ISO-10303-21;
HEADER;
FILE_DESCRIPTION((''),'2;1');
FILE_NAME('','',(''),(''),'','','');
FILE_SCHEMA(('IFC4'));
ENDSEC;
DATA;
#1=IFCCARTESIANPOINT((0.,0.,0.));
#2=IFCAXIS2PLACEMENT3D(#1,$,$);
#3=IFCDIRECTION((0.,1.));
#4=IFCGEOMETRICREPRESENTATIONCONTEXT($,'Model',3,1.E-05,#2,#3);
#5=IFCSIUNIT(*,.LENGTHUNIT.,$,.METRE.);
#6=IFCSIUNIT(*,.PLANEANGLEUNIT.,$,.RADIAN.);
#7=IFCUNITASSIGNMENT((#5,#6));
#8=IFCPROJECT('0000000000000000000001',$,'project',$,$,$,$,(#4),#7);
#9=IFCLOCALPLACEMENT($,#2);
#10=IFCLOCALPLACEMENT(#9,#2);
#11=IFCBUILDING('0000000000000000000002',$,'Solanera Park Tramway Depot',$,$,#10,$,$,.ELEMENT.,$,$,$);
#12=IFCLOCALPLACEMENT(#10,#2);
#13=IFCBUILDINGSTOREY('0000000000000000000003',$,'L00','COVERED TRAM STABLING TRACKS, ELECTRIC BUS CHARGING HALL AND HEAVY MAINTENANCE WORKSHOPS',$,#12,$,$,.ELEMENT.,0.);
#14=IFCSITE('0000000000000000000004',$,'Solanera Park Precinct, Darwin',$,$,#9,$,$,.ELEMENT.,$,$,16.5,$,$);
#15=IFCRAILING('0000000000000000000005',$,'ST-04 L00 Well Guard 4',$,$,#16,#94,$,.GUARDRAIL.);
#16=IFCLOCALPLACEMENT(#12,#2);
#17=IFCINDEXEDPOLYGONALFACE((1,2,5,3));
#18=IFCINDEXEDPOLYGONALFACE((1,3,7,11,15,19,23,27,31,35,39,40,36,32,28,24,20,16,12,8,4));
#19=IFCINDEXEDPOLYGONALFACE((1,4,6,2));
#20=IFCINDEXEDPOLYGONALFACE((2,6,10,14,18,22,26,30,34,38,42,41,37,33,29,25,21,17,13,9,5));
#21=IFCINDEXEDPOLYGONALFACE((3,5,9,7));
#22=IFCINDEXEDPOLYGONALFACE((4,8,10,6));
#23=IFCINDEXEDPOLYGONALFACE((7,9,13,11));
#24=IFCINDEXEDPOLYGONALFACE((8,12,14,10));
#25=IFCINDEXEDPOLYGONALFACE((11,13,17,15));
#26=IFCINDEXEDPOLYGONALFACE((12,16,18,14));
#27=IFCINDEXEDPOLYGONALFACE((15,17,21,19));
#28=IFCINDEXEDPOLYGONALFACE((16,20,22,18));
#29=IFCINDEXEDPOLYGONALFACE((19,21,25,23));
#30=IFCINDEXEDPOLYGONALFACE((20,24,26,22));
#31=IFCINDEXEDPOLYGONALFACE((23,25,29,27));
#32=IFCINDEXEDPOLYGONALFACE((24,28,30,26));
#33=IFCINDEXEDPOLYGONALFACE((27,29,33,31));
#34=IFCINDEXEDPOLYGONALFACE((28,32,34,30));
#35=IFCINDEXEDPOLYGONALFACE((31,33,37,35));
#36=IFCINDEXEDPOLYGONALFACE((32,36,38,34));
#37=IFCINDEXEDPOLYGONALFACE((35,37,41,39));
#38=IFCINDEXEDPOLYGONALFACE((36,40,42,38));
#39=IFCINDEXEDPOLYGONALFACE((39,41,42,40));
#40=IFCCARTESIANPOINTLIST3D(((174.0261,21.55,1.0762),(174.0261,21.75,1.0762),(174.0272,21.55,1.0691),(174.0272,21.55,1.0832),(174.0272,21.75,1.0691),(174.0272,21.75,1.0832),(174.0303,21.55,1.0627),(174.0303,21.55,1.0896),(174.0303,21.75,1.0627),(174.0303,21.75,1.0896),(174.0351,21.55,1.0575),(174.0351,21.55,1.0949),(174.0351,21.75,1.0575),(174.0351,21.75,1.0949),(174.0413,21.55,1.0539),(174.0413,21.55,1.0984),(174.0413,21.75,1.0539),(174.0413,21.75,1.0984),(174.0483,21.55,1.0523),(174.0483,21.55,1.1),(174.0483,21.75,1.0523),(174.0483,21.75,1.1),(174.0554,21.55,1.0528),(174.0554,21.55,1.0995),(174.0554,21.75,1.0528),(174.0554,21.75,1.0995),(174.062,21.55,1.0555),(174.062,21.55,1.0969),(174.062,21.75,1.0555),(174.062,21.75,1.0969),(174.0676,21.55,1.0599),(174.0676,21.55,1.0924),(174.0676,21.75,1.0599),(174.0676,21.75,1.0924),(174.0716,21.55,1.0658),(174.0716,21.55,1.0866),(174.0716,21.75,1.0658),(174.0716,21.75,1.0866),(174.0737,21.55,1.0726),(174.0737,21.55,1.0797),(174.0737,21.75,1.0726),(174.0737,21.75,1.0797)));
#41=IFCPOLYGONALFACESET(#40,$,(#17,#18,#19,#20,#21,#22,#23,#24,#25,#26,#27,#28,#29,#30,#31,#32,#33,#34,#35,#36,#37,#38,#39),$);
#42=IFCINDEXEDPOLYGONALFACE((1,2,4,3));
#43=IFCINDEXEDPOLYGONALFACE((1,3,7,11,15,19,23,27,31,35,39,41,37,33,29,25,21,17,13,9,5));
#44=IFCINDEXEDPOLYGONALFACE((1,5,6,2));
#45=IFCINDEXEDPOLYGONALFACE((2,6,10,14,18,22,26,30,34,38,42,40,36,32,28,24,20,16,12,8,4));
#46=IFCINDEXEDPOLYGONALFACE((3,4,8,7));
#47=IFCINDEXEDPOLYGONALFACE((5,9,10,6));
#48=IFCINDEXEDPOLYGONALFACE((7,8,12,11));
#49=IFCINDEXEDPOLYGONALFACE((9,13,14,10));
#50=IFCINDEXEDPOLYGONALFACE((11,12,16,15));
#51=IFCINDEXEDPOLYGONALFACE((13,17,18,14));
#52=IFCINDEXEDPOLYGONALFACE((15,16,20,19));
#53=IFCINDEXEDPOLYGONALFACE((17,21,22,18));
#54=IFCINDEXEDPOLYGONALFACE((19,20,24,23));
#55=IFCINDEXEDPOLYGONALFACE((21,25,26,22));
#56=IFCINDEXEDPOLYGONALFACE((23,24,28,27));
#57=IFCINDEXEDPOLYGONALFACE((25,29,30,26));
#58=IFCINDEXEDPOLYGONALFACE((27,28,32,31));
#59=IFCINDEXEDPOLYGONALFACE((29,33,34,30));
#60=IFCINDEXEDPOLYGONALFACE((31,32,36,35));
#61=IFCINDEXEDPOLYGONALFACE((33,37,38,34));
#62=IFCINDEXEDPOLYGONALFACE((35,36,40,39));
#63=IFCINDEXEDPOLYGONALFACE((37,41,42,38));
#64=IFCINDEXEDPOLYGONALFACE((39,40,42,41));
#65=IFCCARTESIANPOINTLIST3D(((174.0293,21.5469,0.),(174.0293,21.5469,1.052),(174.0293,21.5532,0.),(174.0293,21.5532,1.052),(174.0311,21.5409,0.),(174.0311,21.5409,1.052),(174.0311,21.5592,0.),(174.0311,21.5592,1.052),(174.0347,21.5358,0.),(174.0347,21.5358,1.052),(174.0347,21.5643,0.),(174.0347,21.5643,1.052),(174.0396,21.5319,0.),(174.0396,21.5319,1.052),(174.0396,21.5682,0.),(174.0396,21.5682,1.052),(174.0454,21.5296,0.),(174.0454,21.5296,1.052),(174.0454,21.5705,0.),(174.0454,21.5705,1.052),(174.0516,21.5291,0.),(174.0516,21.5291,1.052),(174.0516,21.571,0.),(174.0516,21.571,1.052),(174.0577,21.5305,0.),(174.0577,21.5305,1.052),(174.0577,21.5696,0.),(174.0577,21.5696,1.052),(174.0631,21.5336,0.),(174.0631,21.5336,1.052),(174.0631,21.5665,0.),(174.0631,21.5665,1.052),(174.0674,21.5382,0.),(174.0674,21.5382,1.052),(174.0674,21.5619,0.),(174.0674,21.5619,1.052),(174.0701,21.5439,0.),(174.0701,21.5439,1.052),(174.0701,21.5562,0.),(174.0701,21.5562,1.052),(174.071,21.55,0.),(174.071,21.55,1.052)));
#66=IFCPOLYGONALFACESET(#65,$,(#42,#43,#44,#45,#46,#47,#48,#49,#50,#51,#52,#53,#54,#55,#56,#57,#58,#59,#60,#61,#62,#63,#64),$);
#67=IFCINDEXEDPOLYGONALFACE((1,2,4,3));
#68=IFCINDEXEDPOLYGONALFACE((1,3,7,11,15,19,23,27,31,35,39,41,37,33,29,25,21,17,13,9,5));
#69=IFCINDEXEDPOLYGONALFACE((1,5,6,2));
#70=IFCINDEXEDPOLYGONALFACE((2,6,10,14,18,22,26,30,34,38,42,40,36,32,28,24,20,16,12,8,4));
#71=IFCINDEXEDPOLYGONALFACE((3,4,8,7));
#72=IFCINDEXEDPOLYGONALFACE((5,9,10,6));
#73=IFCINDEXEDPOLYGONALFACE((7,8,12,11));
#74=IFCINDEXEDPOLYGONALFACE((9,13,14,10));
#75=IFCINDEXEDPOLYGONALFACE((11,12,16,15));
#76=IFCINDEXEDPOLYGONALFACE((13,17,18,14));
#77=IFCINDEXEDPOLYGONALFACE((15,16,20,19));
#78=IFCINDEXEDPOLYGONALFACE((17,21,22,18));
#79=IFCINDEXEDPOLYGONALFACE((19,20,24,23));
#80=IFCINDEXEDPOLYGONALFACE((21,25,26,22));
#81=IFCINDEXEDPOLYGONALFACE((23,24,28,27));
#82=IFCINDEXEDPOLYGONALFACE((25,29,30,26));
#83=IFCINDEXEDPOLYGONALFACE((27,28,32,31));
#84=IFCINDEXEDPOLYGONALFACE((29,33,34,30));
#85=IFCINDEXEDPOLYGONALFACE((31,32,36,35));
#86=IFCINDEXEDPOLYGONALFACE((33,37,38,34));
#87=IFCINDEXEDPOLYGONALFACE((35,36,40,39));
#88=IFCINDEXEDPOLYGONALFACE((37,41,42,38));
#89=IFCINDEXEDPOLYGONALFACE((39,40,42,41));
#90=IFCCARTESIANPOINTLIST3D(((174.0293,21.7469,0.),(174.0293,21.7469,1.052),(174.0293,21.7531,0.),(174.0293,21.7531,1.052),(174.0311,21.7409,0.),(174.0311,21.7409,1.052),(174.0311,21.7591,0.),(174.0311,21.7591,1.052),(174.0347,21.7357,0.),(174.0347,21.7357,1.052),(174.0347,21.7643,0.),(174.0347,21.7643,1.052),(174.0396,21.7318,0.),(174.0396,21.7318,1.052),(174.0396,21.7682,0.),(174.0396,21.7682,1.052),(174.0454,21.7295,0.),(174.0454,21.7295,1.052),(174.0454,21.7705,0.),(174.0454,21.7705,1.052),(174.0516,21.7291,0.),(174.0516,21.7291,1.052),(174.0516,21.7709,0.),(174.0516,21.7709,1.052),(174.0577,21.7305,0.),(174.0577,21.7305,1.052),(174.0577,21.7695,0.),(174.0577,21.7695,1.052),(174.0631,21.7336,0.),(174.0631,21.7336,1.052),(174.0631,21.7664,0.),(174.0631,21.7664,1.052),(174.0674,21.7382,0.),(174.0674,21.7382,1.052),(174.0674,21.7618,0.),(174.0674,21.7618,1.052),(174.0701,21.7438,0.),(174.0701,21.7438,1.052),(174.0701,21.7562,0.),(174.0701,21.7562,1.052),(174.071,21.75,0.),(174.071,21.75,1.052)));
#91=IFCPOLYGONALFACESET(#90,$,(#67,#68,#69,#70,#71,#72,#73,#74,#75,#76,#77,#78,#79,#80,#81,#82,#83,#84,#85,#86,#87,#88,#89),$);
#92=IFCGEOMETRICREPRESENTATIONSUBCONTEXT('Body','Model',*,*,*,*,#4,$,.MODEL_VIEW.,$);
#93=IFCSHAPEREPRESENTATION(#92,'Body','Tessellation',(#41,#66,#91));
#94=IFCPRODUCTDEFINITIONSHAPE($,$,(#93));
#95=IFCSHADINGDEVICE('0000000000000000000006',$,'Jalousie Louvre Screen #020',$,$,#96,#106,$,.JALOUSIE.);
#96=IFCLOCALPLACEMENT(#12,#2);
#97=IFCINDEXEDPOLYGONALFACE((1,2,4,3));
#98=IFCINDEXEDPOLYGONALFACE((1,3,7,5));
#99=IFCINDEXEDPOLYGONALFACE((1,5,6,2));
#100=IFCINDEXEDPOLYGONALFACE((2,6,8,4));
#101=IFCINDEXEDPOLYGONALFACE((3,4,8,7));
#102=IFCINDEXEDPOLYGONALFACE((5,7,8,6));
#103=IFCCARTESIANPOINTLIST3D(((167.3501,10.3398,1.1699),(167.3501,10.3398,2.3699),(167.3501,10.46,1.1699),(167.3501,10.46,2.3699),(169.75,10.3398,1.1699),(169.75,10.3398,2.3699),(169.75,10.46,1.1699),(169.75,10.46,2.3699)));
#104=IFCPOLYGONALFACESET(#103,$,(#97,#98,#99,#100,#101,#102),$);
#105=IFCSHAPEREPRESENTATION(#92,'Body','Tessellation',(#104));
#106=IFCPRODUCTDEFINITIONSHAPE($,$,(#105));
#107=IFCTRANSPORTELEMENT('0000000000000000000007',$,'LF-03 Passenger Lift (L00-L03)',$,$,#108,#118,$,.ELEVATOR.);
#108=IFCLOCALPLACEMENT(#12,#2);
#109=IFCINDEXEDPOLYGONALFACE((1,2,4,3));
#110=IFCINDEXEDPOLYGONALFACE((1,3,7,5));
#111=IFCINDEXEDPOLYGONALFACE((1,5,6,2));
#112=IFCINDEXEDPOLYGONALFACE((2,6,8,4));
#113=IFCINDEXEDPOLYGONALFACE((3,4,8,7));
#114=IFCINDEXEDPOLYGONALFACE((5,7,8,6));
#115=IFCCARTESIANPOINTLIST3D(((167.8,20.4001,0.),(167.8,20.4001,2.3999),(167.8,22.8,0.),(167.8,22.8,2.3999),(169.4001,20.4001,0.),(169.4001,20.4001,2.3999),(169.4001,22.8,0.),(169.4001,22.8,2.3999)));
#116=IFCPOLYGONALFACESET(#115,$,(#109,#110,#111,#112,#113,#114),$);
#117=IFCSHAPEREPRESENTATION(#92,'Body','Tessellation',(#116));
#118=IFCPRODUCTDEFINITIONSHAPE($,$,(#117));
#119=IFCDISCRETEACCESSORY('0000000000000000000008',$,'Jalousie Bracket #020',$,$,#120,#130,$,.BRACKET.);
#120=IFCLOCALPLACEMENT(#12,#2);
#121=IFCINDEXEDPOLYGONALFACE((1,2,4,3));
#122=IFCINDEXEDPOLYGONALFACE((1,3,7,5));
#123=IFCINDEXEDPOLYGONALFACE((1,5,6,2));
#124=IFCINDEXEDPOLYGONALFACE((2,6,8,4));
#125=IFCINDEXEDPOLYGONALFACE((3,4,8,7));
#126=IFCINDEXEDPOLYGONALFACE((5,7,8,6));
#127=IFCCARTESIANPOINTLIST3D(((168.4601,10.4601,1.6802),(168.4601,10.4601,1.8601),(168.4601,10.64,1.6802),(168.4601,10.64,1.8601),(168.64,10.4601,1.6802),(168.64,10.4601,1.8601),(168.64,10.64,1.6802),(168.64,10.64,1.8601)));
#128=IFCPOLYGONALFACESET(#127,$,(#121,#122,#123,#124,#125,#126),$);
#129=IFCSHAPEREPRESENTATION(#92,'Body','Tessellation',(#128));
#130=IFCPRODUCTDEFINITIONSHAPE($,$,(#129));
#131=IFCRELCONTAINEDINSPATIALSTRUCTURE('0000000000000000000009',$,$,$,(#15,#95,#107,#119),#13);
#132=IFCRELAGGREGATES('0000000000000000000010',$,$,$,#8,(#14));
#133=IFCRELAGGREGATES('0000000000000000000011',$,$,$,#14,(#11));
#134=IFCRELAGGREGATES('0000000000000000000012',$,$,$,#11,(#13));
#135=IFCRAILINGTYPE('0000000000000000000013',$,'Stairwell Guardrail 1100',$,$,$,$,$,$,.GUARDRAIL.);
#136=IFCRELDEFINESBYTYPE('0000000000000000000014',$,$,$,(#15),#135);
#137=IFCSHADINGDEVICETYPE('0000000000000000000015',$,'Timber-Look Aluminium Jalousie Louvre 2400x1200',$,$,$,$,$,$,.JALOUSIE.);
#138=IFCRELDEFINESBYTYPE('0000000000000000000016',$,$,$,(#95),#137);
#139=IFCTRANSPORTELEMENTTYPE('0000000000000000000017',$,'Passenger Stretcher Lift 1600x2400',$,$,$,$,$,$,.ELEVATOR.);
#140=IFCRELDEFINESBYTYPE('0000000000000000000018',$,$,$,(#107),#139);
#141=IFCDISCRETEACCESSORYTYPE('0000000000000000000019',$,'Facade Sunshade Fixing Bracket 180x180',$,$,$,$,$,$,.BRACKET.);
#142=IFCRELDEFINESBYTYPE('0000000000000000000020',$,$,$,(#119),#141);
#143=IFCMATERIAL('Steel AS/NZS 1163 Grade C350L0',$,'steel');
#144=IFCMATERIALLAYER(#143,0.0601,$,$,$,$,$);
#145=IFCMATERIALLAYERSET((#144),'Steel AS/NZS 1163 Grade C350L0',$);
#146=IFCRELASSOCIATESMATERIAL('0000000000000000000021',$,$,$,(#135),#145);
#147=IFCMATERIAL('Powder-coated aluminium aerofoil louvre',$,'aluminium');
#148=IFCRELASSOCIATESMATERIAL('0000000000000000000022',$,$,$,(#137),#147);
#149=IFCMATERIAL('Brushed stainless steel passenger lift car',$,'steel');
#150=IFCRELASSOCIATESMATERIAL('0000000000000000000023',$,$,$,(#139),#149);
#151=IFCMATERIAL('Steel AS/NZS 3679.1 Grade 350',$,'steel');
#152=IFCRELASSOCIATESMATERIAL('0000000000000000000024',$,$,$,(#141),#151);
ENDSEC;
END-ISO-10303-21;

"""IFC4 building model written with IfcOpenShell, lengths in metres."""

from ifc_helpers import new_model, si_unit, direction, frame, origin, origin_2d, place, context, subcontext, project, spatial, rectangle, circle, extrude, material, layer, layer_set, type_object, element, save


model = new_model("IFC4")

# Units and contexts
model_context = context("Model", 3, precision=1e-05, world=origin(), true_north=direction((0.0, 1.0)))
body_context = subcontext(model_context, "Body", "Model", "MODEL_VIEW")
ifc_project = project(units=[si_unit("LENGTHUNIT", "METRE"), si_unit("PLANEANGLEUNIT", "RADIAN")], contexts=[model_context])

# Site, building, storey
site_placement = place(None, origin())
site = spatial("IfcSite", under=ifc_project, at=site_placement, Name="Solanera Park Precinct, Darwin", CompositionType="ELEMENT", RefElevation=16.5)
building_placement = place(site_placement, origin())
building = spatial("IfcBuilding", under=site, at=building_placement, Name="Solanera Park Tramway Depot", CompositionType="ELEMENT")
storey_placement = place(building_placement, origin())
storey = spatial("IfcBuildingStorey", under=building, at=storey_placement, Name="L00", Description="COVERED TRAM STABLING TRACKS, ELECTRIC BUS CHARGING HALL AND HEAVY MAINTENANCE WORKSHOPS", CompositionType="ELEMENT", Elevation=0.0)

# Railing
ifc_material_1 = material(Name="Steel AS/NZS 1163 Grade C350L0", Category="steel")
ifc_layer_1 = layer(ifc_material_1, 0.0601)
ifc_layer_set_1 = layer_set([ifc_layer_1], Name="Steel AS/NZS 1163 Grade C350L0")
railing_type_1 = type_object("IfcRailingType", Name="Stairwell Guardrail 1100", PredefinedType="GUARDRAIL", material=ifc_layer_set_1)
railing_1_placement = place(storey_placement, frame((174.05, 21.55, 0.0)))
element("IfcRailing", 1, at=railing_1_placement, inside=storey, type_object=railing_type_1, Name="ST-04 L00 Well Guard 4", PredefinedType="GUARDRAIL", context=body_context, shape_type="SweptSolid", body=[
    extrude(circle(Radius=0.0239, at=origin_2d()), frame((0.0, 0.0, 1.0762), z_axis=(0.0, 1.0, 0.0), x_axis=(-1.0, 0.0, 0.0)), (0.0, 0.0, 1.0), 0.2),
    extrude(circle(Radius=0.021, at=origin_2d()), origin(), (0.0, 0.0, 1.0), 1.052),
    extrude(circle(Radius=0.021, at=origin_2d()), frame((0.0, 0.2, 0.0)), (0.0, 0.0, 1.0), 1.052),
])

# Shading device
ifc_material_2 = material(Name="Powder-coated aluminium aerofoil louvre", Category="aluminium")
shading_device_type = type_object("IfcShadingDeviceType", Name="Timber-Look Aluminium Jalousie Louvre 2400x1200", PredefinedType="JALOUSIE", material=ifc_material_2)
shading_device_placement = place(storey_placement, frame((168.55, 10.3999, 1.1699), z_axis=(0.0, 0.0, 1.0), x_axis=(1.0, 0.0, 0.0)))
element("IfcShadingDevice", 2, at=shading_device_placement, inside=storey, type_object=shading_device_type, Name="Jalousie Louvre Screen #020", PredefinedType="JALOUSIE", context=body_context, shape_type="SweptSolid", body=[
    extrude(rectangle(XDim=2.3999, YDim=0.1201, at=origin_2d()), origin(), (0.0, 0.0, 1.0), 1.2),
])

# Transport element
ifc_material_3 = material(Name="Brushed stainless steel passenger lift car", Category="steel")
transport_element_type = type_object("IfcTransportElementType", Name="Passenger Stretcher Lift 1600x2400", PredefinedType="ELEVATOR", material=ifc_material_3)
transport_element_placement = place(storey_placement, frame((168.6001, 21.6001, 0.0), z_axis=(0.0, 0.0, 1.0), x_axis=(1.0, 0.0, 0.0)))
element("IfcTransportElement", 3, at=transport_element_placement, inside=storey, type_object=transport_element_type, Name="LF-03 Passenger Lift (L00-L03)", PredefinedType="ELEVATOR", context=body_context, shape_type="SweptSolid", body=[
    extrude(rectangle(XDim=1.6001, YDim=2.3999, at=origin_2d()), origin(), (0.0, 0.0, 1.0), 2.3999),
])

# Discrete accessory
ifc_material_4 = material(Name="Steel AS/NZS 3679.1 Grade 350", Category="steel")
discrete_accessory_type = type_object("IfcDiscreteAccessoryType", Name="Facade Sunshade Fixing Bracket 180x180", PredefinedType="BRACKET", material=ifc_material_4)
discrete_accessory_placement = place(storey_placement, frame((168.55, 10.55, 1.6802), z_axis=(0.0, 0.0, 1.0), x_axis=(1.0, 0.0, 0.0)))
element("IfcDiscreteAccessory", 4, at=discrete_accessory_placement, inside=storey, type_object=discrete_accessory_type, Name="Jalousie Bracket #020", PredefinedType="BRACKET", context=body_context, shape_type="SweptSolid", body=[
    extrude(rectangle(XDim=0.1799, YDim=0.1799, at=origin_2d()), origin(), (0.0, 0.0, 1.0), 0.1799),
])

save(model, "model.ifc")
